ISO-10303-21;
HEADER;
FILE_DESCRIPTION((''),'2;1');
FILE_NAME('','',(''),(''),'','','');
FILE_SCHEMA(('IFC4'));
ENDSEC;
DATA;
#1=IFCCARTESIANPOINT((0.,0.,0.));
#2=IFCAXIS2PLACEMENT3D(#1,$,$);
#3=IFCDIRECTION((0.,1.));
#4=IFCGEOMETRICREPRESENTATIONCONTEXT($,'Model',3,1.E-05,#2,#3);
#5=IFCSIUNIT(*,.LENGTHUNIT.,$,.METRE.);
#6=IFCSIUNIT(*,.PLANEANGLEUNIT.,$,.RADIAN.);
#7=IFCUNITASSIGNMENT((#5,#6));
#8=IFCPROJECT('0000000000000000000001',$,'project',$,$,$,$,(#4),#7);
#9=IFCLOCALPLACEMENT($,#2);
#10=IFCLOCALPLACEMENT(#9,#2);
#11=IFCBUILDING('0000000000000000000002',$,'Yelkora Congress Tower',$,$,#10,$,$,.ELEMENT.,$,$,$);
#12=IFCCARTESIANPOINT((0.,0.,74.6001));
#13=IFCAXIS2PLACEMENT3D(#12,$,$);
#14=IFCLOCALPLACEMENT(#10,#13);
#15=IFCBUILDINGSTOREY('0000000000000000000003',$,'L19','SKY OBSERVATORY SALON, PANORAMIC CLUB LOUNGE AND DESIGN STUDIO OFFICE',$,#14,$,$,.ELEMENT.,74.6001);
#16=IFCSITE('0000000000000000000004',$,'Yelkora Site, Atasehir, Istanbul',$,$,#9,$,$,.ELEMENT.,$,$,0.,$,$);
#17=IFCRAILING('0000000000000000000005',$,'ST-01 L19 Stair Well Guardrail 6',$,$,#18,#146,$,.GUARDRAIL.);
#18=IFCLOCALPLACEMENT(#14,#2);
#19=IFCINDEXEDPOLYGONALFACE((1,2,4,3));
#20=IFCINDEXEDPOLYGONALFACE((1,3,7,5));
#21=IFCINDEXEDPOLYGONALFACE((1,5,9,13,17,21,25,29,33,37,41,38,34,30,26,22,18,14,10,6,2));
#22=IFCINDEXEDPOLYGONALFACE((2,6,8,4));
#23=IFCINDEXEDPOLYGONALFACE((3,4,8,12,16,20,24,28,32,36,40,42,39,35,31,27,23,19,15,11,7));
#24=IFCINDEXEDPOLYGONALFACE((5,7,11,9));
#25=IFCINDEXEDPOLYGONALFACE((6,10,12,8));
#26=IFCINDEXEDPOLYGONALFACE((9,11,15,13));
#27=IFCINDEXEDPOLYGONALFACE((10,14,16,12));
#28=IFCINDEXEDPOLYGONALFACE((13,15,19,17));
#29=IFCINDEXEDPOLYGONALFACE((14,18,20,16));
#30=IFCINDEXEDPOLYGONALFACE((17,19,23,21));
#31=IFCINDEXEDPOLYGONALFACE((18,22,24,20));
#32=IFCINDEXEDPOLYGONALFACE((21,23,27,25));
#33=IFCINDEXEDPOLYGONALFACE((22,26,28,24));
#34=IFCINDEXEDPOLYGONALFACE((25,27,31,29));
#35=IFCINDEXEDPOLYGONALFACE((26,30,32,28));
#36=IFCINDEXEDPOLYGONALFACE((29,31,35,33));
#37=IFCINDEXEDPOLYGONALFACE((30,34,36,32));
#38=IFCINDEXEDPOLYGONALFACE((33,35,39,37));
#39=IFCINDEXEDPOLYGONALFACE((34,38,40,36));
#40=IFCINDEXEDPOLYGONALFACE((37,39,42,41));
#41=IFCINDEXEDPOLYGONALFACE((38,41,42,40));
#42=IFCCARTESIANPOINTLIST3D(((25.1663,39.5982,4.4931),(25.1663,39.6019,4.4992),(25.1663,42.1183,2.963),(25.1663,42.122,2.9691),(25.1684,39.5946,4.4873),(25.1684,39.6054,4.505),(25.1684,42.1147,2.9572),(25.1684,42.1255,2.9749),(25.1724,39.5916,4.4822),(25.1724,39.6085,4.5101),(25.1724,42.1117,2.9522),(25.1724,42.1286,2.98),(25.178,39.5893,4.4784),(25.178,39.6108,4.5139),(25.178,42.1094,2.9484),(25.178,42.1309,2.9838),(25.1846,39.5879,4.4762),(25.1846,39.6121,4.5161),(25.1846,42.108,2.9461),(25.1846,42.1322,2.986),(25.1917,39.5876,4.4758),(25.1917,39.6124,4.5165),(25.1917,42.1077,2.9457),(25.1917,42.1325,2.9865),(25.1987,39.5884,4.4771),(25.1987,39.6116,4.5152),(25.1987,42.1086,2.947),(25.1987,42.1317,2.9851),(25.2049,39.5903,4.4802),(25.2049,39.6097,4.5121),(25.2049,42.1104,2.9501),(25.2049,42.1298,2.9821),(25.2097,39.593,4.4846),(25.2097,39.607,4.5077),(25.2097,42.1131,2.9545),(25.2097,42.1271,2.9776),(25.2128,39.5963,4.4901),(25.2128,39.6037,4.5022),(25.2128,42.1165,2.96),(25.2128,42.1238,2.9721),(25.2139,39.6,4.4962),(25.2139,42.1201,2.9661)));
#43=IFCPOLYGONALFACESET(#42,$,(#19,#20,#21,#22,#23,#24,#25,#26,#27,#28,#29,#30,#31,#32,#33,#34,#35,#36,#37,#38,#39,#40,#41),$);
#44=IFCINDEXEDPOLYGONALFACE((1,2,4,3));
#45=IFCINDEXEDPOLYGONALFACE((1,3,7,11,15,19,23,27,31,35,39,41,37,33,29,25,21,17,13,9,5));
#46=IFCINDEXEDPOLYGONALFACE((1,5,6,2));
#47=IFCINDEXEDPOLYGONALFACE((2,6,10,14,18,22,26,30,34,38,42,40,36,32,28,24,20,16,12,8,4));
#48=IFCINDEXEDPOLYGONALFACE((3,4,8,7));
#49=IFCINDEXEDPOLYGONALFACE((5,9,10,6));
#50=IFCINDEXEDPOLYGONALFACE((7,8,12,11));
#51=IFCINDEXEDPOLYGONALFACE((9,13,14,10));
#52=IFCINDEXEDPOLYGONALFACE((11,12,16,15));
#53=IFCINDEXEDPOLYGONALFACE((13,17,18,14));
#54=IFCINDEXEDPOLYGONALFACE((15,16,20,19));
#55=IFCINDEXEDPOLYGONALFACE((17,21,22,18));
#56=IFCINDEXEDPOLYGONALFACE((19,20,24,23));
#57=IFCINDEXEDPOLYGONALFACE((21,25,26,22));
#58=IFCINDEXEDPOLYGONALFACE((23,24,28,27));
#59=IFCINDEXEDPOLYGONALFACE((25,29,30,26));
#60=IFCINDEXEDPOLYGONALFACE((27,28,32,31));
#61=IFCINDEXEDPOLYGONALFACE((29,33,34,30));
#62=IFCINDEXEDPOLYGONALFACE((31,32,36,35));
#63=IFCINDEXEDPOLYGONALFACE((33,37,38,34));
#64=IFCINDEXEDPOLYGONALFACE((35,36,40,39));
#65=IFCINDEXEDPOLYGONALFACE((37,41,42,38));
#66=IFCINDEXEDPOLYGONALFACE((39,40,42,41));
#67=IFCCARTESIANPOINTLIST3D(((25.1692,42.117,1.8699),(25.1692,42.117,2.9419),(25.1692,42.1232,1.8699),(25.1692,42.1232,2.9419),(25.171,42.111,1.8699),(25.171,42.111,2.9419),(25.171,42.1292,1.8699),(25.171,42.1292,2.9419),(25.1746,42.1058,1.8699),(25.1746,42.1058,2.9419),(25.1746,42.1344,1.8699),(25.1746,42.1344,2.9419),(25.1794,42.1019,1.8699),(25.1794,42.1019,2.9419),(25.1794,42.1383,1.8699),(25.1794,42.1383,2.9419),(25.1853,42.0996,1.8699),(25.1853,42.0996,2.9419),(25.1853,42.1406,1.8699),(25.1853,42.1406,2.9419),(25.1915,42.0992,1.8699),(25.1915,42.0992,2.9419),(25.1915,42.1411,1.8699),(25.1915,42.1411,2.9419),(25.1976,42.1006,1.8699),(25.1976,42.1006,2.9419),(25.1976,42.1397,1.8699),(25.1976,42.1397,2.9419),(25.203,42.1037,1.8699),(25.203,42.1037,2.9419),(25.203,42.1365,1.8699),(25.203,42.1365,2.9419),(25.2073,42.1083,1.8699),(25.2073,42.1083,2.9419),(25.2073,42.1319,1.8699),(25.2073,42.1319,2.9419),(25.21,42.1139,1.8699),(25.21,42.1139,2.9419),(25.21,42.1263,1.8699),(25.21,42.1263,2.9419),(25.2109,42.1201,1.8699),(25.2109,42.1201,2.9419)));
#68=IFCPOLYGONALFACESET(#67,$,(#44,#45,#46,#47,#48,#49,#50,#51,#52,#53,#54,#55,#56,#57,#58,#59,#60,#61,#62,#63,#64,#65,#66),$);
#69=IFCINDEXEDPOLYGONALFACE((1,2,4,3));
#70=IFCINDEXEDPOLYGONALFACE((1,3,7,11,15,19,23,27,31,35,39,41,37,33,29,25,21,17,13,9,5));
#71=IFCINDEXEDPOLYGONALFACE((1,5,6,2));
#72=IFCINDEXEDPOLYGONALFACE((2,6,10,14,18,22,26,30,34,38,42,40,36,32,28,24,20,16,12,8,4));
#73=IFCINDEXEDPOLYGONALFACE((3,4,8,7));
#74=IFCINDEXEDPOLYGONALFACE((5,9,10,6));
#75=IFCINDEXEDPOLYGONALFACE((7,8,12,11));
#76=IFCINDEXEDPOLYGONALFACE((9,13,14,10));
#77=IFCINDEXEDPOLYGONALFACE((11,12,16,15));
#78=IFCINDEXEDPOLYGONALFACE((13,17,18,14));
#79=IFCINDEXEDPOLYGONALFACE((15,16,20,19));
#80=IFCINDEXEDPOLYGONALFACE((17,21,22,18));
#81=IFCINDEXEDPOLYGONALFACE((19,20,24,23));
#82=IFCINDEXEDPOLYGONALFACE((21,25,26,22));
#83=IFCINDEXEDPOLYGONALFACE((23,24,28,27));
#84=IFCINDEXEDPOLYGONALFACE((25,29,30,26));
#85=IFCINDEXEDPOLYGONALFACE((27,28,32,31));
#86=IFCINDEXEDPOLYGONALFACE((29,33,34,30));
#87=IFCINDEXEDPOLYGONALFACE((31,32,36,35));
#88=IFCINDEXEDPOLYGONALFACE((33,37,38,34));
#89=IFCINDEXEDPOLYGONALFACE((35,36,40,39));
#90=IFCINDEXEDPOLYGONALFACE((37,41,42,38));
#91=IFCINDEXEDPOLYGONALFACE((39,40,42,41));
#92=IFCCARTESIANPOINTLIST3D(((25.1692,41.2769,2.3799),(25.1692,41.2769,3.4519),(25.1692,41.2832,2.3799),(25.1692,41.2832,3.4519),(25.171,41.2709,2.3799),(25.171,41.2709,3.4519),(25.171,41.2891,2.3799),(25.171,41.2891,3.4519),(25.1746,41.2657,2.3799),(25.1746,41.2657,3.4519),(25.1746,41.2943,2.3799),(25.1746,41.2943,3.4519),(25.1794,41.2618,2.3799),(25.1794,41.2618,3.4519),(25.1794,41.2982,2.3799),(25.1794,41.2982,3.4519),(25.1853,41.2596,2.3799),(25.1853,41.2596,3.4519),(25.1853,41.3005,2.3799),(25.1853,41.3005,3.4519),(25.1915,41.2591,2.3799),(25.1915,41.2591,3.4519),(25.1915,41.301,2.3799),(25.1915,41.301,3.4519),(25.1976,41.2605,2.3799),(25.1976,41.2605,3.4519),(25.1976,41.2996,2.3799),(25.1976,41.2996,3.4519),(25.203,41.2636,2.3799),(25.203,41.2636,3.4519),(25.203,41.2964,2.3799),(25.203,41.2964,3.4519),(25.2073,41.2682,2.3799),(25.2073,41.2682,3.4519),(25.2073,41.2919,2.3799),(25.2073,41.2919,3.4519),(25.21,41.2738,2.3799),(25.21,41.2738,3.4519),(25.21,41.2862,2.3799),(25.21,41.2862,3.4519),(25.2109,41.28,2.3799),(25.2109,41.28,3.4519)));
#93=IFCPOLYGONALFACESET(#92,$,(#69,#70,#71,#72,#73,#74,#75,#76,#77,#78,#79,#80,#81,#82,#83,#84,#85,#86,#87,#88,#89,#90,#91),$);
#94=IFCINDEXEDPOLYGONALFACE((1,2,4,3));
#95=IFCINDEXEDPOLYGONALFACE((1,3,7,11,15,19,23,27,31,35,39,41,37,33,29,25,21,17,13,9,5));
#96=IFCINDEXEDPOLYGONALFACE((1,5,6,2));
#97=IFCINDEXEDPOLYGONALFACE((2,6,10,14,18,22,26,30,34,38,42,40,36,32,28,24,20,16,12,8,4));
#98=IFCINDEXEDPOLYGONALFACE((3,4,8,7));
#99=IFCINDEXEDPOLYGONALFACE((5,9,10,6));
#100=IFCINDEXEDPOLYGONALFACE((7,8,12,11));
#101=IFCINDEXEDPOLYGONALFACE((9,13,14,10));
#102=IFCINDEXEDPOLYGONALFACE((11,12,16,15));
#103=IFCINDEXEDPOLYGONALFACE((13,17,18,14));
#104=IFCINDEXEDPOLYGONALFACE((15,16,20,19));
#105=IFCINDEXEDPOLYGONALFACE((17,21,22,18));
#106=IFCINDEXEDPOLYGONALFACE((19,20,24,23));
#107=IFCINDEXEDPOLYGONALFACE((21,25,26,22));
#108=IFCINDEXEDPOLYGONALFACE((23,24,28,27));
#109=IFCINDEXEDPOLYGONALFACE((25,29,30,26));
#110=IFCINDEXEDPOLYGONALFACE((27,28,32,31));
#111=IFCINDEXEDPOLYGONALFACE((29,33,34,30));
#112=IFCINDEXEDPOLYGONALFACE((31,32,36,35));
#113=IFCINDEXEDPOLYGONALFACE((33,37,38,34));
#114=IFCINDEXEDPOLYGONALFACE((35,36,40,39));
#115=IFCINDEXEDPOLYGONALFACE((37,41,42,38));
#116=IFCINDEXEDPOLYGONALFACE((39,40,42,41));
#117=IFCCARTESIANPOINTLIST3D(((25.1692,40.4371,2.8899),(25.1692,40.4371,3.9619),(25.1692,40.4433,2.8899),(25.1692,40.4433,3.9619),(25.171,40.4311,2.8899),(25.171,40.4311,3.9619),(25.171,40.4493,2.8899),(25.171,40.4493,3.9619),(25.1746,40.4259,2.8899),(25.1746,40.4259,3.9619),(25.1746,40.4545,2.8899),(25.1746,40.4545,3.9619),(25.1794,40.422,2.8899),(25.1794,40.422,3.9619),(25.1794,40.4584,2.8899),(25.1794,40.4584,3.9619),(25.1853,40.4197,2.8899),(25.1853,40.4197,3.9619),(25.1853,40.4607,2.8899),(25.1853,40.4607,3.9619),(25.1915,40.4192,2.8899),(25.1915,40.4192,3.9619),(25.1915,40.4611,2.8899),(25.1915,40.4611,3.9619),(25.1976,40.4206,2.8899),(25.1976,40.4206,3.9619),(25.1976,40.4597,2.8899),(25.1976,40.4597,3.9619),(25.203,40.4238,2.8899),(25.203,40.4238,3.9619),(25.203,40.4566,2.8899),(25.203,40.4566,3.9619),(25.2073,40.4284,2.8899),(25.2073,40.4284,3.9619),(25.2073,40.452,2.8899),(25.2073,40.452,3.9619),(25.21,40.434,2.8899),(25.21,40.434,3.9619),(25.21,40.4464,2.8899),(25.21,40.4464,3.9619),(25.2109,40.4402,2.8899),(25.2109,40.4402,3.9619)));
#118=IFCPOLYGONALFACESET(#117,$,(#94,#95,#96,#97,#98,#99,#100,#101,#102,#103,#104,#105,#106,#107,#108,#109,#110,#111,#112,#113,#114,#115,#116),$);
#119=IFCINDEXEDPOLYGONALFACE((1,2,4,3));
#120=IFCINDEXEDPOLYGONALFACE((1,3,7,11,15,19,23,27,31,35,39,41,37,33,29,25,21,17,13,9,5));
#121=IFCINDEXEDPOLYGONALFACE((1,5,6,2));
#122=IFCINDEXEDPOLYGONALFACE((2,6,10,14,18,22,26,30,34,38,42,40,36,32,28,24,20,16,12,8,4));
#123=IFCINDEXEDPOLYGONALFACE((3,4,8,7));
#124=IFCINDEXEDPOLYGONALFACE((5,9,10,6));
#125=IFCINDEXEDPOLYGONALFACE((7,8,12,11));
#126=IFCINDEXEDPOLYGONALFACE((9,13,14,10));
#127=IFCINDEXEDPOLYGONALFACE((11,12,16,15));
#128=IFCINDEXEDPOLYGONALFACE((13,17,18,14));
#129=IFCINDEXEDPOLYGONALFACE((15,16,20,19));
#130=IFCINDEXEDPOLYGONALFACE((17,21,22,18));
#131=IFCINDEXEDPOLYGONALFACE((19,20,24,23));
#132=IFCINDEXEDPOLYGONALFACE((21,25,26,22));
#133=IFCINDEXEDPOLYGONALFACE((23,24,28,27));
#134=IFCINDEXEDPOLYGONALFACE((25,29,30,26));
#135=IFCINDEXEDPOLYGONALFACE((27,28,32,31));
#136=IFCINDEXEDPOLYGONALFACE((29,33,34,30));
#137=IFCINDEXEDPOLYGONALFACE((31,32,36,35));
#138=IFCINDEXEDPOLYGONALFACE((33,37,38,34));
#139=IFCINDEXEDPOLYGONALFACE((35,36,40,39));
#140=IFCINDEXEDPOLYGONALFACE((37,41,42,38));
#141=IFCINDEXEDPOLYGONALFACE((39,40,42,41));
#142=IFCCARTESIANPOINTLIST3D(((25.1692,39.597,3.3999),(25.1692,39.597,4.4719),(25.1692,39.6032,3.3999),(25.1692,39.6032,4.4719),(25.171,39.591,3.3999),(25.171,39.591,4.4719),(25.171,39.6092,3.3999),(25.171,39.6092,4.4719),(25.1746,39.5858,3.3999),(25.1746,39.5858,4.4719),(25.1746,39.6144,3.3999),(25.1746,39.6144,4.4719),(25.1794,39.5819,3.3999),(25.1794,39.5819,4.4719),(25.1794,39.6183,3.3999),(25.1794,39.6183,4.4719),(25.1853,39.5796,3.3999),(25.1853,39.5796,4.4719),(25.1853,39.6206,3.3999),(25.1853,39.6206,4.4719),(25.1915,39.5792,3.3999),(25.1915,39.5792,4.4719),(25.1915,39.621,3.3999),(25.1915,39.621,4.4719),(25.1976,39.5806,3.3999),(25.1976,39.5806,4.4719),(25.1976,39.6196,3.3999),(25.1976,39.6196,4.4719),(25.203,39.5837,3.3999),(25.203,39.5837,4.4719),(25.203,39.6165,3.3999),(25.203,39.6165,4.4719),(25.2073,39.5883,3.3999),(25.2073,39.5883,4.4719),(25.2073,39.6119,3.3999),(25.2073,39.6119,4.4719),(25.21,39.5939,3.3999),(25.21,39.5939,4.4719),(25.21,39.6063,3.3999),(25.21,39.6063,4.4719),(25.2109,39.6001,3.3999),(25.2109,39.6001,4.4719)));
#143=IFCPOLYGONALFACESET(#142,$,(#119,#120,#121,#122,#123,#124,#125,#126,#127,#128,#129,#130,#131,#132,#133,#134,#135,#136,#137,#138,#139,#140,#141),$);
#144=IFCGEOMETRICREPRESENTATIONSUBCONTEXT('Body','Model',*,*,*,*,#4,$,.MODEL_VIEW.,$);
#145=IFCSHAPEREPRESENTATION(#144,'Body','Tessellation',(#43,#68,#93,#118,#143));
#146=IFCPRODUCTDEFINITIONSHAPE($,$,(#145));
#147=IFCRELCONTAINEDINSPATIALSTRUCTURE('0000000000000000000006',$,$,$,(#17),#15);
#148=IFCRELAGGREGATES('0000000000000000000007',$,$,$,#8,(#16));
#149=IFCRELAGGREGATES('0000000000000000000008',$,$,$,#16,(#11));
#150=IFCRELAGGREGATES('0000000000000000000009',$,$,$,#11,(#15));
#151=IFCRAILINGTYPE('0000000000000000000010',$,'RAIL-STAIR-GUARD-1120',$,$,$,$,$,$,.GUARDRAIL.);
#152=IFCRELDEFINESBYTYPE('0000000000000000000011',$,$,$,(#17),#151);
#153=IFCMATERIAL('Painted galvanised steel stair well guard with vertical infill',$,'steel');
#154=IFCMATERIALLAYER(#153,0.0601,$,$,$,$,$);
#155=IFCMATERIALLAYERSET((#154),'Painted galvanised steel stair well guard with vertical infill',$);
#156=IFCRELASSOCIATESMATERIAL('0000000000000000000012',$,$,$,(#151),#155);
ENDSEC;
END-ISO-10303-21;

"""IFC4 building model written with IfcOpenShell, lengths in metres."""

from ifc_helpers import new_model, si_unit, direction, frame, origin, origin_2d, place, context, subcontext, project, spatial, circle, extrude, material, layer, layer_set, type_object, element, save


model = new_model("IFC4")

# Units and contexts
model_context = context("Model", 3, precision=1e-05, world=origin(), true_north=direction((0.0, 1.0)))
body_context = subcontext(model_context, "Body", "Model", "MODEL_VIEW")
ifc_project = project(units=[si_unit("LENGTHUNIT", "METRE"), si_unit("PLANEANGLEUNIT", "RADIAN")], contexts=[model_context])

# Site, building, storey
site_placement = place(None, origin())
site = spatial("IfcSite", under=ifc_project, at=site_placement, Name="Yelkora Site, Atasehir, Istanbul", CompositionType="ELEMENT", RefElevation=0.0)
building_placement = place(site_placement, origin())
building = spatial("IfcBuilding", under=site, at=building_placement, Name="Yelkora Congress Tower", CompositionType="ELEMENT")
storey_placement = place(building_placement, frame((0.0, 0.0, 74.6001)))
storey = spatial("IfcBuildingStorey", under=building, at=storey_placement, Name="L19", Description="SKY OBSERVATORY SALON, PANORAMIC CLUB LOUNGE AND DESIGN STUDIO OFFICE", CompositionType="ELEMENT", Elevation=74.6001)

# Railing
ifc_material_1 = material(Name="Painted galvanised steel stair well guard with vertical infill", Category="steel")
ifc_layer_1 = layer(ifc_material_1, 0.0601)
ifc_layer_set_1 = layer_set([ifc_layer_1], Name="Painted galvanised steel stair well guard with vertical infill")
railing_type_1 = type_object("IfcRailingType", Name="RAIL-STAIR-GUARD-1120", PredefinedType="GUARDRAIL", material=ifc_layer_set_1)
railing_1_placement = place(storey_placement, frame((25.1899, 42.1201, 1.8699)))
element("IfcRailing", 1, at=railing_1_placement, inside=storey, type_object=railing_type_1, Name="ST-01 L19 Stair Well Guardrail 6", PredefinedType="GUARDRAIL", context=body_context, shape_type="SweptSolid", body=[
    extrude(circle(Radius=0.0239, at=origin_2d()), frame((0.0, 0.0, 1.0962), z_axis=(0.0, -0.854785, 0.518982), x_axis=(1.0, 0.0, 0.0)), (0.0, 0.0, 1.0), 2.9482),
    extrude(circle(Radius=0.021, at=origin_2d()), origin(), (0.0, 0.0, 1.0), 1.072),
    extrude(circle(Radius=0.021, at=origin_2d()), frame((0.0, -0.8401, 0.51)), (0.0, 0.0, 1.0), 1.072),
    extrude(circle(Radius=0.021, at=origin_2d()), frame((0.0, -1.6799, 1.02)), (0.0, 0.0, 1.0), 1.072),
    extrude(circle(Radius=0.021, at=origin_2d()), frame((0.0, -2.52, 1.53)), (0.0, 0.0, 1.0), 1.072),
])

save(model, "model.ifc")
